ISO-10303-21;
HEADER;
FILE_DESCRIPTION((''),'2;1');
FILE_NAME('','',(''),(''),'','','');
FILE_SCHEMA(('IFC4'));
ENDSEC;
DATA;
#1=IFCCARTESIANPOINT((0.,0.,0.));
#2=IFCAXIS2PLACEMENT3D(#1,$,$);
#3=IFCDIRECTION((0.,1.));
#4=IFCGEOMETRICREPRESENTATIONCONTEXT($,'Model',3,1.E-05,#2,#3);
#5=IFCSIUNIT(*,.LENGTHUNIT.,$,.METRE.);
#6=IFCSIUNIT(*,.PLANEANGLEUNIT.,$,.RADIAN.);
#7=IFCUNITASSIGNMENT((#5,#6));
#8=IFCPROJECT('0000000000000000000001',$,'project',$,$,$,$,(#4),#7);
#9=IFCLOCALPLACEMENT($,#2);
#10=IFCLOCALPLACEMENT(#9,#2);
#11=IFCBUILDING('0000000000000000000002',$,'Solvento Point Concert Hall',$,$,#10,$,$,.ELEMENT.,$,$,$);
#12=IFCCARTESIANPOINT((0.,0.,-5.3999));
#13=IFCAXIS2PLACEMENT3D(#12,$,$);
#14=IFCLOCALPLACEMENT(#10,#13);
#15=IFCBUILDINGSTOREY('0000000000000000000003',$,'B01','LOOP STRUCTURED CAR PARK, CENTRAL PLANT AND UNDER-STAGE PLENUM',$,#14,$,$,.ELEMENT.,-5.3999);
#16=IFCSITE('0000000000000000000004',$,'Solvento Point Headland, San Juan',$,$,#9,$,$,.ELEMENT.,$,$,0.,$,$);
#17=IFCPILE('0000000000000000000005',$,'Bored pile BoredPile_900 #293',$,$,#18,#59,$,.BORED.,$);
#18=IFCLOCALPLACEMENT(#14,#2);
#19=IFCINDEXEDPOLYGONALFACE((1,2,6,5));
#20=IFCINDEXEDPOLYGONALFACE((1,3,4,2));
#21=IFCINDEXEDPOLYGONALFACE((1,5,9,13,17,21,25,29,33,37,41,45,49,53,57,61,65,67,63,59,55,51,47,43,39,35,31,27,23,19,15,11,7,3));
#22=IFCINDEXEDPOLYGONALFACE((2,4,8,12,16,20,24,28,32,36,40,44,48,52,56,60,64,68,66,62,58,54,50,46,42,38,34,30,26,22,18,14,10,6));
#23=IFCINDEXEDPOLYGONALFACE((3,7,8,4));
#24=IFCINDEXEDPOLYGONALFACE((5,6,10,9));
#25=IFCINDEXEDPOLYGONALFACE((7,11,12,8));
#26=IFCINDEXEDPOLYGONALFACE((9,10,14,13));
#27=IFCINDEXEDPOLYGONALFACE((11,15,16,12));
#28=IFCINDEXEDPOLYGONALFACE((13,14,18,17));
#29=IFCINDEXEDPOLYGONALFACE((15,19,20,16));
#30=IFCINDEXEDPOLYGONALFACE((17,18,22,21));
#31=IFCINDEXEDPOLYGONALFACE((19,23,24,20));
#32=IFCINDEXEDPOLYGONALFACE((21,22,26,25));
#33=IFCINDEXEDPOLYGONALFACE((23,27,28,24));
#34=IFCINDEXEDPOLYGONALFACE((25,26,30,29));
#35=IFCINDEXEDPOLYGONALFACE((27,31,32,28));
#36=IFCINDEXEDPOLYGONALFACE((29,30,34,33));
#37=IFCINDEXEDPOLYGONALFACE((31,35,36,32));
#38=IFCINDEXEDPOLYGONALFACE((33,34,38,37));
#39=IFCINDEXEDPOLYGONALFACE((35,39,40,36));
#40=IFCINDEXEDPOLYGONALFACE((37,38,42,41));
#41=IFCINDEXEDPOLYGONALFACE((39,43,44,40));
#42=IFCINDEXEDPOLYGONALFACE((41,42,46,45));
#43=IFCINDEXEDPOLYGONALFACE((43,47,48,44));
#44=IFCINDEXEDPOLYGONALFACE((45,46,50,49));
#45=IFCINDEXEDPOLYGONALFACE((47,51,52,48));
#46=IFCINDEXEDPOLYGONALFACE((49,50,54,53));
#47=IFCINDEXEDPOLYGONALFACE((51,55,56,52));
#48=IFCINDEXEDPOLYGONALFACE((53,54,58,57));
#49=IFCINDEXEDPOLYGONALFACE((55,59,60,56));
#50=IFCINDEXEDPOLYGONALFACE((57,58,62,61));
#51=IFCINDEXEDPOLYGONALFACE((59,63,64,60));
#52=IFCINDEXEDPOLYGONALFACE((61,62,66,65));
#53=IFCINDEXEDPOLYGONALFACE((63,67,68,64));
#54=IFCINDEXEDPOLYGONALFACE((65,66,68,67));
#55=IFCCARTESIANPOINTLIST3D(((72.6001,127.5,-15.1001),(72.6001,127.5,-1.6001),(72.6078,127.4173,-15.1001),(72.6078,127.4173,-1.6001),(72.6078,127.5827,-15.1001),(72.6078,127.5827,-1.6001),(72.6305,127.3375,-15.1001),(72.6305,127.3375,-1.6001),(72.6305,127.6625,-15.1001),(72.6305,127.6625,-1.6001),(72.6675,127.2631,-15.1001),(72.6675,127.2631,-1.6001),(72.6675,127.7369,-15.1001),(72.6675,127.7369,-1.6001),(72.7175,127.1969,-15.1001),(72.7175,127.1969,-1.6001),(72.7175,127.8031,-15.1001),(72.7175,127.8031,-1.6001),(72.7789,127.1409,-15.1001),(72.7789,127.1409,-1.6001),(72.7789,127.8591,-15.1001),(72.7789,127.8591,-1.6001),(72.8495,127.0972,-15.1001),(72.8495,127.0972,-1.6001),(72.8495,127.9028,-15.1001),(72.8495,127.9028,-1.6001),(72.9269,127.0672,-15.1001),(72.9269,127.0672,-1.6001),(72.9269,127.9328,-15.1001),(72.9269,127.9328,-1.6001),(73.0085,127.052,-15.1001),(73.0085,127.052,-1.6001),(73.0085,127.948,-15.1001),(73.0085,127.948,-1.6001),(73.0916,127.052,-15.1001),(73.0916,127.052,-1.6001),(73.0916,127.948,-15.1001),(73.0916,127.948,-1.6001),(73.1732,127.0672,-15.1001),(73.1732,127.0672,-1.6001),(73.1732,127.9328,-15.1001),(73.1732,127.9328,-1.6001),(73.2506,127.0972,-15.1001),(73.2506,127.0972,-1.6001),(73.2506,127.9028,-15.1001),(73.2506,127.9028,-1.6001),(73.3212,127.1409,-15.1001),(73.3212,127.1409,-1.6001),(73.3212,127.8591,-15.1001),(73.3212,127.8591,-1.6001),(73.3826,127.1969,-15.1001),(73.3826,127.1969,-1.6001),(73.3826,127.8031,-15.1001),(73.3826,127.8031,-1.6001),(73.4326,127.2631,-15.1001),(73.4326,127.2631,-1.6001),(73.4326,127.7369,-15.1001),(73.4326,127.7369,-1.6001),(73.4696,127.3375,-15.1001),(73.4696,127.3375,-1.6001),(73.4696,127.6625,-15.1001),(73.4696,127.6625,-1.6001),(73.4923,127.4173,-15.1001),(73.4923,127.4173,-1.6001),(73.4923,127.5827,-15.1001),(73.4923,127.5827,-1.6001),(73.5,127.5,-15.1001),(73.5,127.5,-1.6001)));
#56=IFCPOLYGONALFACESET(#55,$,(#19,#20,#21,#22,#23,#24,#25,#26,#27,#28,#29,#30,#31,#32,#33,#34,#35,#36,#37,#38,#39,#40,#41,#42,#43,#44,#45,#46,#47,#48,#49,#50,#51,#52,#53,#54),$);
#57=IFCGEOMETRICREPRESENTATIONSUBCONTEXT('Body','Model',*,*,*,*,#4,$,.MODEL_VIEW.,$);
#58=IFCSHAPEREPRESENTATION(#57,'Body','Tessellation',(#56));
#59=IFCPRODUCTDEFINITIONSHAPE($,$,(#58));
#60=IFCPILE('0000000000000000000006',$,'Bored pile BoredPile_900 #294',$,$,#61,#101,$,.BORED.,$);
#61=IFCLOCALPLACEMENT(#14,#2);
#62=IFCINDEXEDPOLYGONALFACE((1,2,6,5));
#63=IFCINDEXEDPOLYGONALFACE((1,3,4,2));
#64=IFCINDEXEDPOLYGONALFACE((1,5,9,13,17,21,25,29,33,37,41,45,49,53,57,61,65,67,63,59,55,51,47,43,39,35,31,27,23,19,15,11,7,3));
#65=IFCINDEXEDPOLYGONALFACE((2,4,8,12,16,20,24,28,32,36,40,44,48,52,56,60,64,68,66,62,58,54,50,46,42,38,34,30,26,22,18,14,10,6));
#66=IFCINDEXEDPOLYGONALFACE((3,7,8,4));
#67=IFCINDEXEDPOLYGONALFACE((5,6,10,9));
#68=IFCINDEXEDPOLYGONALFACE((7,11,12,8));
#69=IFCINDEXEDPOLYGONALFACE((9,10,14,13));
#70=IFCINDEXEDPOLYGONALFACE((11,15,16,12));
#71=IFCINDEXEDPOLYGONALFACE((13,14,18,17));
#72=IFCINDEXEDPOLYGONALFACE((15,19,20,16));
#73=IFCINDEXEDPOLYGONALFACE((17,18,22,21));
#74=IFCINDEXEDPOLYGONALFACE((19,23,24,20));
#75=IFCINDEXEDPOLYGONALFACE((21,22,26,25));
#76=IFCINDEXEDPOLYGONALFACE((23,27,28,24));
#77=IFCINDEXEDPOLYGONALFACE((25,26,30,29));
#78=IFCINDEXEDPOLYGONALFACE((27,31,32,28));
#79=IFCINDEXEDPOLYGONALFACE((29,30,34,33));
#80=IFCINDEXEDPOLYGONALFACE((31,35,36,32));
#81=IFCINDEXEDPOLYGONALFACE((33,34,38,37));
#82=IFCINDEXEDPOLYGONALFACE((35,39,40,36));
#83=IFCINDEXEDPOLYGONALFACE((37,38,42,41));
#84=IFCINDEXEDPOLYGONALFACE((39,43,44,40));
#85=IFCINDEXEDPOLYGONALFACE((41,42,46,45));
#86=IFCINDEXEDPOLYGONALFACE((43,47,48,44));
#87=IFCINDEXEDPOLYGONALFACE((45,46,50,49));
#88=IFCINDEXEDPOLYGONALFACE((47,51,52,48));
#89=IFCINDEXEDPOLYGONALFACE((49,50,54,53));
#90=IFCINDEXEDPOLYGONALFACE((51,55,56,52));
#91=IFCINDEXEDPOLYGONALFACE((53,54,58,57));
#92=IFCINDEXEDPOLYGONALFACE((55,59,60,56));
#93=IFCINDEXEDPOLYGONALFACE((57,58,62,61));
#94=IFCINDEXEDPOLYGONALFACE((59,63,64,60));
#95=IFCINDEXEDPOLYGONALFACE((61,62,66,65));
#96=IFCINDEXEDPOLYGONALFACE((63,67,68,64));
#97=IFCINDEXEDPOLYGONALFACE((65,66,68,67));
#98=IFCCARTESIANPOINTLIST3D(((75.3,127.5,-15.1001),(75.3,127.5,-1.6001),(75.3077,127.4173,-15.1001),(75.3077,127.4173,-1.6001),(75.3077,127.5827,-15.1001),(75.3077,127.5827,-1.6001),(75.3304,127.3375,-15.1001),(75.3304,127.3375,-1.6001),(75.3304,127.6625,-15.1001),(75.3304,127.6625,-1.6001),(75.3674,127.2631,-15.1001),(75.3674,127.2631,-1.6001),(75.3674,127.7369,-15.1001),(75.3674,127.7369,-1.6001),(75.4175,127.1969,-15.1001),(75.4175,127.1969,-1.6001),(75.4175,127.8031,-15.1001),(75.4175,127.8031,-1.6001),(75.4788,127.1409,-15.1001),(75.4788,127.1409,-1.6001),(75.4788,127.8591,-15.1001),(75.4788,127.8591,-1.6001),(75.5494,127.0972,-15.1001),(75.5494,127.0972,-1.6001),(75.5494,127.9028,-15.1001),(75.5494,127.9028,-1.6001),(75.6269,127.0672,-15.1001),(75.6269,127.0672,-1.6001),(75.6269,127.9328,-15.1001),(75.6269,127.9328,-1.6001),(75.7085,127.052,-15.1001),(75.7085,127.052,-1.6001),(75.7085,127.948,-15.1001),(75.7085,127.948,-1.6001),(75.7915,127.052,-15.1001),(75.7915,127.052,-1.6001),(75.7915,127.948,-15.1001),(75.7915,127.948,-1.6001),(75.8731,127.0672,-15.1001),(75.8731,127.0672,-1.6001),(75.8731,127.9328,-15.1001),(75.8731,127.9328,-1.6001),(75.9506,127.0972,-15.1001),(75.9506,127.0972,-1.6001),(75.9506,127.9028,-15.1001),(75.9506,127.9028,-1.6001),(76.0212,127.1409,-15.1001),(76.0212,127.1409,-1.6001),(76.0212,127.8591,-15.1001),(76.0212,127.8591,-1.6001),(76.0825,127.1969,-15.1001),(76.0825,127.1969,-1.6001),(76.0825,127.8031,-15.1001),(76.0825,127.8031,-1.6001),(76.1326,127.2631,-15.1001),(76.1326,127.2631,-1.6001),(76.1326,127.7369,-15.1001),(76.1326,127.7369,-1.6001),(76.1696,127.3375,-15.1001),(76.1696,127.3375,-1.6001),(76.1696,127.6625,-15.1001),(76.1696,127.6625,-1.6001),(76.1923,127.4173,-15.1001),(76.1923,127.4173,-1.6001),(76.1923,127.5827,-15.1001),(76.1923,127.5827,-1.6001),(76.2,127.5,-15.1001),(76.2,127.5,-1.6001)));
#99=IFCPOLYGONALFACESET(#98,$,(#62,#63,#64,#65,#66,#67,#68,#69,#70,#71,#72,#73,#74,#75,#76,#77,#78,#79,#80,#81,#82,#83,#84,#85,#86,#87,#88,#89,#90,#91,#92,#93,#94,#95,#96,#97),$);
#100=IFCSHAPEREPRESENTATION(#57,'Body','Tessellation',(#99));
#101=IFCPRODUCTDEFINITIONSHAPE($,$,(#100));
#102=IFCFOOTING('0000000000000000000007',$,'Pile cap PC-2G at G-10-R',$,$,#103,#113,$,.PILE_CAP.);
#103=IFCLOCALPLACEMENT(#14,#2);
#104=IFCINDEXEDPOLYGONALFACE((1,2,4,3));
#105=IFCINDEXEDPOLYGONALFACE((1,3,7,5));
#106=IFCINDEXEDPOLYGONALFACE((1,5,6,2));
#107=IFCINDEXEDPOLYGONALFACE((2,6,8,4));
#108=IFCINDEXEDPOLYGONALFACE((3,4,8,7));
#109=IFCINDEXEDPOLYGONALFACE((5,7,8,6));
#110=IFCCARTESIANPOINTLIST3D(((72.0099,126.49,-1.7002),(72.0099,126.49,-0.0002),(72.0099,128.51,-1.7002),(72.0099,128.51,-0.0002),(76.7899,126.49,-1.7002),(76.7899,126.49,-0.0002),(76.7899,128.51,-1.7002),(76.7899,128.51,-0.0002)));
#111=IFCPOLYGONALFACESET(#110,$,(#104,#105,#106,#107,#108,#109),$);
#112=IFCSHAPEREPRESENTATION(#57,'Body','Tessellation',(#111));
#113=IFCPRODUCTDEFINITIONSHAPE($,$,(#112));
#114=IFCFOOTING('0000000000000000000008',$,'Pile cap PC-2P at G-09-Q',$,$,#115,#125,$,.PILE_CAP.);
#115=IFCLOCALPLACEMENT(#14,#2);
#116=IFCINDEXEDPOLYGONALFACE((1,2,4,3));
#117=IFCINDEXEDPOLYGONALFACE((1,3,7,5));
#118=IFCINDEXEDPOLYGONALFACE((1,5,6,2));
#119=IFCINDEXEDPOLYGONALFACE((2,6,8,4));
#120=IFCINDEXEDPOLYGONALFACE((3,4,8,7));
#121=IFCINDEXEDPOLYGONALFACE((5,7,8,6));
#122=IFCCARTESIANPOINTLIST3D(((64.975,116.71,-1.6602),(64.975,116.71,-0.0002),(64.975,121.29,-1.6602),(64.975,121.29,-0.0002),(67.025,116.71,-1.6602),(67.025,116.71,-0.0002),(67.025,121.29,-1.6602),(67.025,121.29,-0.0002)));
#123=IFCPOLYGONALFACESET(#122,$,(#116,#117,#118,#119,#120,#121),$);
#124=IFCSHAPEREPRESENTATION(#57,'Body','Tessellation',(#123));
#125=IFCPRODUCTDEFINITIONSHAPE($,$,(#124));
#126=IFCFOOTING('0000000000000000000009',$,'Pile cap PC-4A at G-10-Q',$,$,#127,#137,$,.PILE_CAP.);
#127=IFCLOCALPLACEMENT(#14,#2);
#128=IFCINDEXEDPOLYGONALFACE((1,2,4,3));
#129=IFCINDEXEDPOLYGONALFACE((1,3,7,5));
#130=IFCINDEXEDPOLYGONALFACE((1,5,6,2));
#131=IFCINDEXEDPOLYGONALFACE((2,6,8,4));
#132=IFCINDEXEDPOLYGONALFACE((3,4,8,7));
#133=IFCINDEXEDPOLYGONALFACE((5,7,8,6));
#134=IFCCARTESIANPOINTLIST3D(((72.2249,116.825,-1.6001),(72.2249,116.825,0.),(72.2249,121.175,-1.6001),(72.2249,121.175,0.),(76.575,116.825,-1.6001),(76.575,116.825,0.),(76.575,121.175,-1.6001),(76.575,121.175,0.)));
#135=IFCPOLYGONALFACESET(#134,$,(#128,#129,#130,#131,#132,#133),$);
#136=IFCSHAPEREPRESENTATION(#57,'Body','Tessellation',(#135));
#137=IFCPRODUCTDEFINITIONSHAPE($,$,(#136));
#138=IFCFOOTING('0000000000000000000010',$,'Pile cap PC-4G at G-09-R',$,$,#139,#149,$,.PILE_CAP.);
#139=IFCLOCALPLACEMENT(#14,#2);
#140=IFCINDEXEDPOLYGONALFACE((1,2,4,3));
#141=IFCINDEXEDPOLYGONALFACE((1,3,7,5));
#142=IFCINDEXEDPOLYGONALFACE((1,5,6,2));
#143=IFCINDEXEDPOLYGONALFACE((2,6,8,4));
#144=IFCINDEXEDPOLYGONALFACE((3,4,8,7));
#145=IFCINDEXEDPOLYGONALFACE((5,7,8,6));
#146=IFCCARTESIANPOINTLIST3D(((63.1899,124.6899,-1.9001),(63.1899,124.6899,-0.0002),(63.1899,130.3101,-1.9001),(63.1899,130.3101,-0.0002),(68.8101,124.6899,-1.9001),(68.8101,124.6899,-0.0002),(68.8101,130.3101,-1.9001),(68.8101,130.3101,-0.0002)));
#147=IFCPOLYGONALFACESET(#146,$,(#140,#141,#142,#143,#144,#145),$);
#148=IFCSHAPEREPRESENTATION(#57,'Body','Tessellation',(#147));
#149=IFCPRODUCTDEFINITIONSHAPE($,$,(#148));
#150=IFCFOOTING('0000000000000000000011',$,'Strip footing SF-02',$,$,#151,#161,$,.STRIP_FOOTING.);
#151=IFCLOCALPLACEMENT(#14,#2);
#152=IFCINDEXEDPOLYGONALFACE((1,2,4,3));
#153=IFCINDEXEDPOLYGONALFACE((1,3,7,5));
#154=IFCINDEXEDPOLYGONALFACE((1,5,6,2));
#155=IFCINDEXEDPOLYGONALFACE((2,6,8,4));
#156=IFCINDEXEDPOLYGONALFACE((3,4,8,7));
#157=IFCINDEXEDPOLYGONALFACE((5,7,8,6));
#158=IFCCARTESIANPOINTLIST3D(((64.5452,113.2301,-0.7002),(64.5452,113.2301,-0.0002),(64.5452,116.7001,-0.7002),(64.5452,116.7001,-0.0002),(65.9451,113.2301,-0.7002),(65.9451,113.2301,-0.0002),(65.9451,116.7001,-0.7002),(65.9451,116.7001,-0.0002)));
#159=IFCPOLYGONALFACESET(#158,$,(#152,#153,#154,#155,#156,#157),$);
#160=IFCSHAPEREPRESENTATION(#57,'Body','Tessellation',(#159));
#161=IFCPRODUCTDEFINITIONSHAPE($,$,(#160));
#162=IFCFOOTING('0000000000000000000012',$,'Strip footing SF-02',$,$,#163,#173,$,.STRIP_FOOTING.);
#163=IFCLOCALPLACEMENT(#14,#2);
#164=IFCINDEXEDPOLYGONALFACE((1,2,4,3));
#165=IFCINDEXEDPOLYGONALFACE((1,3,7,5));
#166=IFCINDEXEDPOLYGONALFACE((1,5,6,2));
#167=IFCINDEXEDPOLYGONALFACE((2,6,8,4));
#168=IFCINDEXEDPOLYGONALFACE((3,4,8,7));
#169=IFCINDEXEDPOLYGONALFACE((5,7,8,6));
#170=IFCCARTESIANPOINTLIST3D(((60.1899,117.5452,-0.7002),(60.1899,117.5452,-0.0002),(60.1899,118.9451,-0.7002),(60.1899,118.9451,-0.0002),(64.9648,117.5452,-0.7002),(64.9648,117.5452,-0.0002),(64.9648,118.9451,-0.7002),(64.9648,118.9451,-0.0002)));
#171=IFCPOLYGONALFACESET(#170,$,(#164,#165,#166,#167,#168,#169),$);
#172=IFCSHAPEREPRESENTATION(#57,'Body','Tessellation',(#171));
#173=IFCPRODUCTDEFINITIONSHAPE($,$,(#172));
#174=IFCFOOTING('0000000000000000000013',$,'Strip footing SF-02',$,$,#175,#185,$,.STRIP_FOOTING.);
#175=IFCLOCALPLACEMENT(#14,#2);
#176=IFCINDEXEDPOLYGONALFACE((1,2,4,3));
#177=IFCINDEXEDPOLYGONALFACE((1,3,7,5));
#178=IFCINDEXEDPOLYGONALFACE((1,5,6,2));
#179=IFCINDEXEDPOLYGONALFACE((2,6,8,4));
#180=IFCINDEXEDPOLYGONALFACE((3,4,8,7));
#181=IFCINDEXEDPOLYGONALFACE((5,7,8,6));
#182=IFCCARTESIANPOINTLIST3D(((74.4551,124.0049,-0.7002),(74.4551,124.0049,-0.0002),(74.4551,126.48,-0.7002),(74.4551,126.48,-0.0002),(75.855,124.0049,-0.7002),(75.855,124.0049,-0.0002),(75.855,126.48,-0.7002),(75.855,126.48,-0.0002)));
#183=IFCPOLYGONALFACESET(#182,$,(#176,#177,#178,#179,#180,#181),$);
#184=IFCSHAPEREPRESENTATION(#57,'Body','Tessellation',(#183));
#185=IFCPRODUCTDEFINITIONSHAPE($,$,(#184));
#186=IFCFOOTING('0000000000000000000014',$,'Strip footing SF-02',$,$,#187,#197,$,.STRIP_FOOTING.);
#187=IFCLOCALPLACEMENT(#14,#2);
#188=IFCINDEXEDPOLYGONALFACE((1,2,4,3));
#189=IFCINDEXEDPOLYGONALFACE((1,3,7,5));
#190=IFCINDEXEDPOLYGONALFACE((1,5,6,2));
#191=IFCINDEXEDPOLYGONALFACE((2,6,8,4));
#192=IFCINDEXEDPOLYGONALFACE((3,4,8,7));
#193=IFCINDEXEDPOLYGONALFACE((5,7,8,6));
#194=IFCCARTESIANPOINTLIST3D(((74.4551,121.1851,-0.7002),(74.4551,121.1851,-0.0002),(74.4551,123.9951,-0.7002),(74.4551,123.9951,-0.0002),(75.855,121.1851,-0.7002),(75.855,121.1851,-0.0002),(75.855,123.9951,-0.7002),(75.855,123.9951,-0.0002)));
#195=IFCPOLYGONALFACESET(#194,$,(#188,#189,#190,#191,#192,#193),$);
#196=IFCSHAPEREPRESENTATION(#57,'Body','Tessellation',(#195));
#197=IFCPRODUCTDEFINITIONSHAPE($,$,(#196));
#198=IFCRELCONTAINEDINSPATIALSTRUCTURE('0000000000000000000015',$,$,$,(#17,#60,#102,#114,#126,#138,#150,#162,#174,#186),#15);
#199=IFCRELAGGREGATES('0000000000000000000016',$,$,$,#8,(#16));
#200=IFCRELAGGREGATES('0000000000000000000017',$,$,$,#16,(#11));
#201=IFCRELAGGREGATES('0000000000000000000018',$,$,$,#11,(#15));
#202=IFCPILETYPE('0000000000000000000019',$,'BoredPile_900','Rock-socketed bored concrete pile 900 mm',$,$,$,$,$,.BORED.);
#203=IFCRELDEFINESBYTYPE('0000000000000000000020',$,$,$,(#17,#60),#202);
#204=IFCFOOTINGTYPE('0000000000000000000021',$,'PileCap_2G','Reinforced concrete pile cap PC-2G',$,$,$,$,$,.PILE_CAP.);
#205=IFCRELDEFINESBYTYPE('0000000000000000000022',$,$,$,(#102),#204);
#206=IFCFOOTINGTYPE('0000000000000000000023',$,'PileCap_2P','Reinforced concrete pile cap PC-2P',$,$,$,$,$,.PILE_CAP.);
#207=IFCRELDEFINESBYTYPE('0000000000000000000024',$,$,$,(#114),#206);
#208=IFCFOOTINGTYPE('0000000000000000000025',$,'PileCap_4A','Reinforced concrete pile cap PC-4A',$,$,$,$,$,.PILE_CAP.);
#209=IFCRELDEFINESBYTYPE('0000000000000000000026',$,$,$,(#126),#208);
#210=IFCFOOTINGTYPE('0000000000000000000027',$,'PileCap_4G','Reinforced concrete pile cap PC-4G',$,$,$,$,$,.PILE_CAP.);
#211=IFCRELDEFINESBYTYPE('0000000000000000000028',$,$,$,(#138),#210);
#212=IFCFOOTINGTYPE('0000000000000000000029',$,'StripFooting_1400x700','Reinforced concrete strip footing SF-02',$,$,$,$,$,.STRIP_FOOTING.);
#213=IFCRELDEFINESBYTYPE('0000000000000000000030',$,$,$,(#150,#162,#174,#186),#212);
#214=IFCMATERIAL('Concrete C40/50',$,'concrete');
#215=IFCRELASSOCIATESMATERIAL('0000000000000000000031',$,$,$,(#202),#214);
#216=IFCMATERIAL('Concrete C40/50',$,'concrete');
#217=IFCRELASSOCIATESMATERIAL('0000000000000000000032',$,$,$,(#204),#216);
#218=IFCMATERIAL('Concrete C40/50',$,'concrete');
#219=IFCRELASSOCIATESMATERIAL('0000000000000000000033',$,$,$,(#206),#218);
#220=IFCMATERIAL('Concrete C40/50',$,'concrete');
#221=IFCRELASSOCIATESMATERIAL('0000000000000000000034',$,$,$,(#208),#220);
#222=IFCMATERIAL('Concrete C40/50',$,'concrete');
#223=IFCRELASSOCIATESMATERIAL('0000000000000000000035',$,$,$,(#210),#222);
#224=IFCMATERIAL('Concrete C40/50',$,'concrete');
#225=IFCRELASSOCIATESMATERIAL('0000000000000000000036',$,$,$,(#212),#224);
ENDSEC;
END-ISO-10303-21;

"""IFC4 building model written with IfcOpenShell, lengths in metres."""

from ifc_helpers import new_model, si_unit, direction, frame, origin, origin_2d, place, context, subcontext, project, spatial, rectangle, circle, extrude, material, material_profile, profile_set, type_object, element, save


model = new_model("IFC4")

# Units and contexts
model_context = context("Model", 3, precision=1e-05, world=origin(), true_north=direction((0.0, 1.0)))
body_context = subcontext(model_context, "Body", "Model", "MODEL_VIEW")
ifc_project = project(units=[si_unit("LENGTHUNIT", "METRE"), si_unit("PLANEANGLEUNIT", "RADIAN")], contexts=[model_context])

# Site, building, storey
site_placement = place(None, origin())
site = spatial("IfcSite", under=ifc_project, at=site_placement, Name="Solvento Point Headland, San Juan", CompositionType="ELEMENT", RefElevation=0.0)
building_placement = place(site_placement, origin())
building = spatial("IfcBuilding", under=site, at=building_placement, Name="Solvento Point Concert Hall", CompositionType="ELEMENT")
storey_placement = place(building_placement, frame((0.0, 0.0, -5.3999)))
storey = spatial("IfcBuildingStorey", under=building, at=storey_placement, Name="B01", Description="LOOP STRUCTURED CAR PARK, CENTRAL PLANT AND UNDER-STAGE PLENUM", CompositionType="ELEMENT", Elevation=-5.3999)

# Piles
ifc_material_1 = material(Name="Concrete C40/50", Category="concrete")
ifc_material_profile_1 = material_profile(ifc_material_1, circle(Radius=0.45, at=origin_2d()), Name="BP-900")
ifc_profile_set_1 = profile_set([ifc_material_profile_1], Name="Concrete C40/50")
pile_type_1 = type_object("IfcPileType", Name="BoredPile_900", Description="Rock-socketed bored concrete pile 900 mm", PredefinedType="BORED", material=ifc_profile_set_1)
for number, where, z_axis, x_axis, name in (
    (1, (73.05, 127.5, -1.6001), (0.0, 0.0, -1.0), (1.0, 0.0, 0.0), "Bored pile BoredPile_900 #293"),
    (2, (75.75, 127.5, -1.6001), (0.0, 0.0, -1.0), (1.0, 0.0, 0.0), "Bored pile BoredPile_900 #294"),
):
    element("IfcPile", number, at=place(storey_placement, frame(where, z_axis=z_axis, x_axis=x_axis)), inside=storey, type_object=pile_type_1, Name=name, PredefinedType="BORED", context=body_context, shape_type="SweptSolid", body=[
        extrude(circle(Radius=0.45, at=origin_2d()), origin(), (0.0, 0.0, 1.0), 13.5),
    ])

# Footings
ifc_material_2 = material(Name="Concrete C40/50", Category="concrete")
footing_type_1 = type_object("IfcFootingType", Name="PileCap_2G", Description="Reinforced concrete pile cap PC-2G", PredefinedType="PILE_CAP", material=ifc_material_2)
footing_1_placement = place(storey_placement, frame((74.3999, 127.5, -1.7002), z_axis=(0.0, 0.0, 1.0), x_axis=(1.0, 0.0, 0.0)))
element("IfcFooting", 3, at=footing_1_placement, inside=storey, type_object=footing_type_1, Name="Pile cap PC-2G at G-10-R", PredefinedType="PILE_CAP", context=body_context, shape_type="SweptSolid", body=[
    extrude(rectangle(XDim=4.78, YDim=2.02, at=origin_2d()), origin(), (0.0, 0.0, 1.0), 1.7),
])
ifc_material_3 = material(Name="Concrete C40/50", Category="concrete")
footing_type_2 = type_object("IfcFootingType", Name="PileCap_2P", Description="Reinforced concrete pile cap PC-2P", PredefinedType="PILE_CAP", material=ifc_material_3)
footing_2_placement = place(storey_placement, frame((66.0, 119.0, -1.6602), z_axis=(0.0, 0.0, 1.0), x_axis=(1.0, 0.0, 0.0)))
element("IfcFooting", 4, at=footing_2_placement, inside=storey, type_object=footing_type_2, Name="Pile cap PC-2P at G-09-Q", PredefinedType="PILE_CAP", context=body_context, shape_type="SweptSolid", body=[
    extrude(rectangle(XDim=2.05, YDim=4.5801, at=origin_2d()), origin(), (0.0, 0.0, 1.0), 1.6599),
])
ifc_material_4 = material(Name="Concrete C40/50", Category="concrete")
footing_type_3 = type_object("IfcFootingType", Name="PileCap_4A", Description="Reinforced concrete pile cap PC-4A", PredefinedType="PILE_CAP", material=ifc_material_4)
footing_3_placement = place(storey_placement, frame((74.3999, 119.0, -1.6001), z_axis=(0.0, 0.0, 1.0), x_axis=(1.0, 0.0, 0.0)))
element("IfcFooting", 5, at=footing_3_placement, inside=storey, type_object=footing_type_3, Name="Pile cap PC-4A at G-10-Q", PredefinedType="PILE_CAP", context=body_context, shape_type="SweptSolid", body=[
    extrude(rectangle(XDim=4.3501, YDim=4.3501, at=origin_2d()), origin(), (0.0, 0.0, 1.0), 1.6001),
])
ifc_material_5 = material(Name="Concrete C40/50", Category="concrete")
footing_type_4 = type_object("IfcFootingType", Name="PileCap_4G", Description="Reinforced concrete pile cap PC-4G", PredefinedType="PILE_CAP", material=ifc_material_5)
footing_4_placement = place(storey_placement, frame((66.0, 127.5, -1.9001), z_axis=(0.0, 0.0, 1.0), x_axis=(1.0, 0.0, 0.0)))
element("IfcFooting", 6, at=footing_4_placement, inside=storey, type_object=footing_type_4, Name="Pile cap PC-4G at G-09-R", PredefinedType="PILE_CAP", context=body_context, shape_type="SweptSolid", body=[
    extrude(rectangle(XDim=5.6201, YDim=5.6201, at=origin_2d()), origin(), (0.0, 0.0, 1.0), 1.8999),
])
ifc_material_6 = material(Name="Concrete C40/50", Category="concrete")
footing_type_5 = type_object("IfcFootingType", Name="StripFooting_1400x700", Description="Reinforced concrete strip footing SF-02", PredefinedType="STRIP_FOOTING", material=ifc_material_6)
footing_5_placement = place(storey_placement, frame((65.2451, 114.9651, -0.7002), z_axis=(0.0, 0.0, 1.0), x_axis=(0.0, 1.0, 0.0)))
element("IfcFooting", 7, at=footing_5_placement, inside=storey, type_object=footing_type_5, Name="Strip footing SF-02", PredefinedType="STRIP_FOOTING", context=body_context, shape_type="SweptSolid", body=[
    extrude(rectangle(XDim=3.47, YDim=1.3999, at=origin_2d()), origin(), (0.0, 0.0, 1.0), 0.7),
])
footing_6_placement = place(storey_placement, frame((62.5774, 118.2451, -0.7002), z_axis=(0.0, 0.0, 1.0), x_axis=(-1.0, 0.0, 0.0)))
element("IfcFooting", 8, at=footing_6_placement, inside=storey, type_object=footing_type_5, Name="Strip footing SF-02", PredefinedType="STRIP_FOOTING", context=body_context, shape_type="SweptSolid", body=[
    extrude(rectangle(XDim=4.7749, YDim=1.3999, at=origin_2d()), origin(), (0.0, 0.0, 1.0), 0.7),
])
footing_7_placement = place(storey_placement, frame((75.155, 125.2424, -0.7002), z_axis=(0.0, 0.0, 1.0), x_axis=(0.0, -1.0, 0.0)))
element("IfcFooting", 9, at=footing_7_placement, inside=storey, type_object=footing_type_5, Name="Strip footing SF-02", PredefinedType="STRIP_FOOTING", context=body_context, shape_type="SweptSolid", body=[
    extrude(rectangle(XDim=2.4751, YDim=1.3999, at=origin_2d()), origin(), (0.0, 0.0, 1.0), 0.7),
])
footing_8_placement = place(storey_placement, frame((75.155, 122.5901, -0.7002), z_axis=(0.0, 0.0, 1.0), x_axis=(0.0, -1.0, 0.0)))
element("IfcFooting", 10, at=footing_8_placement, inside=storey, type_object=footing_type_5, Name="Strip footing SF-02", PredefinedType="STRIP_FOOTING", context=body_context, shape_type="SweptSolid", body=[
    extrude(rectangle(XDim=2.8101, YDim=1.3999, at=origin_2d()), origin(), (0.0, 0.0, 1.0), 0.7),
])

save(model, "model.ifc")
